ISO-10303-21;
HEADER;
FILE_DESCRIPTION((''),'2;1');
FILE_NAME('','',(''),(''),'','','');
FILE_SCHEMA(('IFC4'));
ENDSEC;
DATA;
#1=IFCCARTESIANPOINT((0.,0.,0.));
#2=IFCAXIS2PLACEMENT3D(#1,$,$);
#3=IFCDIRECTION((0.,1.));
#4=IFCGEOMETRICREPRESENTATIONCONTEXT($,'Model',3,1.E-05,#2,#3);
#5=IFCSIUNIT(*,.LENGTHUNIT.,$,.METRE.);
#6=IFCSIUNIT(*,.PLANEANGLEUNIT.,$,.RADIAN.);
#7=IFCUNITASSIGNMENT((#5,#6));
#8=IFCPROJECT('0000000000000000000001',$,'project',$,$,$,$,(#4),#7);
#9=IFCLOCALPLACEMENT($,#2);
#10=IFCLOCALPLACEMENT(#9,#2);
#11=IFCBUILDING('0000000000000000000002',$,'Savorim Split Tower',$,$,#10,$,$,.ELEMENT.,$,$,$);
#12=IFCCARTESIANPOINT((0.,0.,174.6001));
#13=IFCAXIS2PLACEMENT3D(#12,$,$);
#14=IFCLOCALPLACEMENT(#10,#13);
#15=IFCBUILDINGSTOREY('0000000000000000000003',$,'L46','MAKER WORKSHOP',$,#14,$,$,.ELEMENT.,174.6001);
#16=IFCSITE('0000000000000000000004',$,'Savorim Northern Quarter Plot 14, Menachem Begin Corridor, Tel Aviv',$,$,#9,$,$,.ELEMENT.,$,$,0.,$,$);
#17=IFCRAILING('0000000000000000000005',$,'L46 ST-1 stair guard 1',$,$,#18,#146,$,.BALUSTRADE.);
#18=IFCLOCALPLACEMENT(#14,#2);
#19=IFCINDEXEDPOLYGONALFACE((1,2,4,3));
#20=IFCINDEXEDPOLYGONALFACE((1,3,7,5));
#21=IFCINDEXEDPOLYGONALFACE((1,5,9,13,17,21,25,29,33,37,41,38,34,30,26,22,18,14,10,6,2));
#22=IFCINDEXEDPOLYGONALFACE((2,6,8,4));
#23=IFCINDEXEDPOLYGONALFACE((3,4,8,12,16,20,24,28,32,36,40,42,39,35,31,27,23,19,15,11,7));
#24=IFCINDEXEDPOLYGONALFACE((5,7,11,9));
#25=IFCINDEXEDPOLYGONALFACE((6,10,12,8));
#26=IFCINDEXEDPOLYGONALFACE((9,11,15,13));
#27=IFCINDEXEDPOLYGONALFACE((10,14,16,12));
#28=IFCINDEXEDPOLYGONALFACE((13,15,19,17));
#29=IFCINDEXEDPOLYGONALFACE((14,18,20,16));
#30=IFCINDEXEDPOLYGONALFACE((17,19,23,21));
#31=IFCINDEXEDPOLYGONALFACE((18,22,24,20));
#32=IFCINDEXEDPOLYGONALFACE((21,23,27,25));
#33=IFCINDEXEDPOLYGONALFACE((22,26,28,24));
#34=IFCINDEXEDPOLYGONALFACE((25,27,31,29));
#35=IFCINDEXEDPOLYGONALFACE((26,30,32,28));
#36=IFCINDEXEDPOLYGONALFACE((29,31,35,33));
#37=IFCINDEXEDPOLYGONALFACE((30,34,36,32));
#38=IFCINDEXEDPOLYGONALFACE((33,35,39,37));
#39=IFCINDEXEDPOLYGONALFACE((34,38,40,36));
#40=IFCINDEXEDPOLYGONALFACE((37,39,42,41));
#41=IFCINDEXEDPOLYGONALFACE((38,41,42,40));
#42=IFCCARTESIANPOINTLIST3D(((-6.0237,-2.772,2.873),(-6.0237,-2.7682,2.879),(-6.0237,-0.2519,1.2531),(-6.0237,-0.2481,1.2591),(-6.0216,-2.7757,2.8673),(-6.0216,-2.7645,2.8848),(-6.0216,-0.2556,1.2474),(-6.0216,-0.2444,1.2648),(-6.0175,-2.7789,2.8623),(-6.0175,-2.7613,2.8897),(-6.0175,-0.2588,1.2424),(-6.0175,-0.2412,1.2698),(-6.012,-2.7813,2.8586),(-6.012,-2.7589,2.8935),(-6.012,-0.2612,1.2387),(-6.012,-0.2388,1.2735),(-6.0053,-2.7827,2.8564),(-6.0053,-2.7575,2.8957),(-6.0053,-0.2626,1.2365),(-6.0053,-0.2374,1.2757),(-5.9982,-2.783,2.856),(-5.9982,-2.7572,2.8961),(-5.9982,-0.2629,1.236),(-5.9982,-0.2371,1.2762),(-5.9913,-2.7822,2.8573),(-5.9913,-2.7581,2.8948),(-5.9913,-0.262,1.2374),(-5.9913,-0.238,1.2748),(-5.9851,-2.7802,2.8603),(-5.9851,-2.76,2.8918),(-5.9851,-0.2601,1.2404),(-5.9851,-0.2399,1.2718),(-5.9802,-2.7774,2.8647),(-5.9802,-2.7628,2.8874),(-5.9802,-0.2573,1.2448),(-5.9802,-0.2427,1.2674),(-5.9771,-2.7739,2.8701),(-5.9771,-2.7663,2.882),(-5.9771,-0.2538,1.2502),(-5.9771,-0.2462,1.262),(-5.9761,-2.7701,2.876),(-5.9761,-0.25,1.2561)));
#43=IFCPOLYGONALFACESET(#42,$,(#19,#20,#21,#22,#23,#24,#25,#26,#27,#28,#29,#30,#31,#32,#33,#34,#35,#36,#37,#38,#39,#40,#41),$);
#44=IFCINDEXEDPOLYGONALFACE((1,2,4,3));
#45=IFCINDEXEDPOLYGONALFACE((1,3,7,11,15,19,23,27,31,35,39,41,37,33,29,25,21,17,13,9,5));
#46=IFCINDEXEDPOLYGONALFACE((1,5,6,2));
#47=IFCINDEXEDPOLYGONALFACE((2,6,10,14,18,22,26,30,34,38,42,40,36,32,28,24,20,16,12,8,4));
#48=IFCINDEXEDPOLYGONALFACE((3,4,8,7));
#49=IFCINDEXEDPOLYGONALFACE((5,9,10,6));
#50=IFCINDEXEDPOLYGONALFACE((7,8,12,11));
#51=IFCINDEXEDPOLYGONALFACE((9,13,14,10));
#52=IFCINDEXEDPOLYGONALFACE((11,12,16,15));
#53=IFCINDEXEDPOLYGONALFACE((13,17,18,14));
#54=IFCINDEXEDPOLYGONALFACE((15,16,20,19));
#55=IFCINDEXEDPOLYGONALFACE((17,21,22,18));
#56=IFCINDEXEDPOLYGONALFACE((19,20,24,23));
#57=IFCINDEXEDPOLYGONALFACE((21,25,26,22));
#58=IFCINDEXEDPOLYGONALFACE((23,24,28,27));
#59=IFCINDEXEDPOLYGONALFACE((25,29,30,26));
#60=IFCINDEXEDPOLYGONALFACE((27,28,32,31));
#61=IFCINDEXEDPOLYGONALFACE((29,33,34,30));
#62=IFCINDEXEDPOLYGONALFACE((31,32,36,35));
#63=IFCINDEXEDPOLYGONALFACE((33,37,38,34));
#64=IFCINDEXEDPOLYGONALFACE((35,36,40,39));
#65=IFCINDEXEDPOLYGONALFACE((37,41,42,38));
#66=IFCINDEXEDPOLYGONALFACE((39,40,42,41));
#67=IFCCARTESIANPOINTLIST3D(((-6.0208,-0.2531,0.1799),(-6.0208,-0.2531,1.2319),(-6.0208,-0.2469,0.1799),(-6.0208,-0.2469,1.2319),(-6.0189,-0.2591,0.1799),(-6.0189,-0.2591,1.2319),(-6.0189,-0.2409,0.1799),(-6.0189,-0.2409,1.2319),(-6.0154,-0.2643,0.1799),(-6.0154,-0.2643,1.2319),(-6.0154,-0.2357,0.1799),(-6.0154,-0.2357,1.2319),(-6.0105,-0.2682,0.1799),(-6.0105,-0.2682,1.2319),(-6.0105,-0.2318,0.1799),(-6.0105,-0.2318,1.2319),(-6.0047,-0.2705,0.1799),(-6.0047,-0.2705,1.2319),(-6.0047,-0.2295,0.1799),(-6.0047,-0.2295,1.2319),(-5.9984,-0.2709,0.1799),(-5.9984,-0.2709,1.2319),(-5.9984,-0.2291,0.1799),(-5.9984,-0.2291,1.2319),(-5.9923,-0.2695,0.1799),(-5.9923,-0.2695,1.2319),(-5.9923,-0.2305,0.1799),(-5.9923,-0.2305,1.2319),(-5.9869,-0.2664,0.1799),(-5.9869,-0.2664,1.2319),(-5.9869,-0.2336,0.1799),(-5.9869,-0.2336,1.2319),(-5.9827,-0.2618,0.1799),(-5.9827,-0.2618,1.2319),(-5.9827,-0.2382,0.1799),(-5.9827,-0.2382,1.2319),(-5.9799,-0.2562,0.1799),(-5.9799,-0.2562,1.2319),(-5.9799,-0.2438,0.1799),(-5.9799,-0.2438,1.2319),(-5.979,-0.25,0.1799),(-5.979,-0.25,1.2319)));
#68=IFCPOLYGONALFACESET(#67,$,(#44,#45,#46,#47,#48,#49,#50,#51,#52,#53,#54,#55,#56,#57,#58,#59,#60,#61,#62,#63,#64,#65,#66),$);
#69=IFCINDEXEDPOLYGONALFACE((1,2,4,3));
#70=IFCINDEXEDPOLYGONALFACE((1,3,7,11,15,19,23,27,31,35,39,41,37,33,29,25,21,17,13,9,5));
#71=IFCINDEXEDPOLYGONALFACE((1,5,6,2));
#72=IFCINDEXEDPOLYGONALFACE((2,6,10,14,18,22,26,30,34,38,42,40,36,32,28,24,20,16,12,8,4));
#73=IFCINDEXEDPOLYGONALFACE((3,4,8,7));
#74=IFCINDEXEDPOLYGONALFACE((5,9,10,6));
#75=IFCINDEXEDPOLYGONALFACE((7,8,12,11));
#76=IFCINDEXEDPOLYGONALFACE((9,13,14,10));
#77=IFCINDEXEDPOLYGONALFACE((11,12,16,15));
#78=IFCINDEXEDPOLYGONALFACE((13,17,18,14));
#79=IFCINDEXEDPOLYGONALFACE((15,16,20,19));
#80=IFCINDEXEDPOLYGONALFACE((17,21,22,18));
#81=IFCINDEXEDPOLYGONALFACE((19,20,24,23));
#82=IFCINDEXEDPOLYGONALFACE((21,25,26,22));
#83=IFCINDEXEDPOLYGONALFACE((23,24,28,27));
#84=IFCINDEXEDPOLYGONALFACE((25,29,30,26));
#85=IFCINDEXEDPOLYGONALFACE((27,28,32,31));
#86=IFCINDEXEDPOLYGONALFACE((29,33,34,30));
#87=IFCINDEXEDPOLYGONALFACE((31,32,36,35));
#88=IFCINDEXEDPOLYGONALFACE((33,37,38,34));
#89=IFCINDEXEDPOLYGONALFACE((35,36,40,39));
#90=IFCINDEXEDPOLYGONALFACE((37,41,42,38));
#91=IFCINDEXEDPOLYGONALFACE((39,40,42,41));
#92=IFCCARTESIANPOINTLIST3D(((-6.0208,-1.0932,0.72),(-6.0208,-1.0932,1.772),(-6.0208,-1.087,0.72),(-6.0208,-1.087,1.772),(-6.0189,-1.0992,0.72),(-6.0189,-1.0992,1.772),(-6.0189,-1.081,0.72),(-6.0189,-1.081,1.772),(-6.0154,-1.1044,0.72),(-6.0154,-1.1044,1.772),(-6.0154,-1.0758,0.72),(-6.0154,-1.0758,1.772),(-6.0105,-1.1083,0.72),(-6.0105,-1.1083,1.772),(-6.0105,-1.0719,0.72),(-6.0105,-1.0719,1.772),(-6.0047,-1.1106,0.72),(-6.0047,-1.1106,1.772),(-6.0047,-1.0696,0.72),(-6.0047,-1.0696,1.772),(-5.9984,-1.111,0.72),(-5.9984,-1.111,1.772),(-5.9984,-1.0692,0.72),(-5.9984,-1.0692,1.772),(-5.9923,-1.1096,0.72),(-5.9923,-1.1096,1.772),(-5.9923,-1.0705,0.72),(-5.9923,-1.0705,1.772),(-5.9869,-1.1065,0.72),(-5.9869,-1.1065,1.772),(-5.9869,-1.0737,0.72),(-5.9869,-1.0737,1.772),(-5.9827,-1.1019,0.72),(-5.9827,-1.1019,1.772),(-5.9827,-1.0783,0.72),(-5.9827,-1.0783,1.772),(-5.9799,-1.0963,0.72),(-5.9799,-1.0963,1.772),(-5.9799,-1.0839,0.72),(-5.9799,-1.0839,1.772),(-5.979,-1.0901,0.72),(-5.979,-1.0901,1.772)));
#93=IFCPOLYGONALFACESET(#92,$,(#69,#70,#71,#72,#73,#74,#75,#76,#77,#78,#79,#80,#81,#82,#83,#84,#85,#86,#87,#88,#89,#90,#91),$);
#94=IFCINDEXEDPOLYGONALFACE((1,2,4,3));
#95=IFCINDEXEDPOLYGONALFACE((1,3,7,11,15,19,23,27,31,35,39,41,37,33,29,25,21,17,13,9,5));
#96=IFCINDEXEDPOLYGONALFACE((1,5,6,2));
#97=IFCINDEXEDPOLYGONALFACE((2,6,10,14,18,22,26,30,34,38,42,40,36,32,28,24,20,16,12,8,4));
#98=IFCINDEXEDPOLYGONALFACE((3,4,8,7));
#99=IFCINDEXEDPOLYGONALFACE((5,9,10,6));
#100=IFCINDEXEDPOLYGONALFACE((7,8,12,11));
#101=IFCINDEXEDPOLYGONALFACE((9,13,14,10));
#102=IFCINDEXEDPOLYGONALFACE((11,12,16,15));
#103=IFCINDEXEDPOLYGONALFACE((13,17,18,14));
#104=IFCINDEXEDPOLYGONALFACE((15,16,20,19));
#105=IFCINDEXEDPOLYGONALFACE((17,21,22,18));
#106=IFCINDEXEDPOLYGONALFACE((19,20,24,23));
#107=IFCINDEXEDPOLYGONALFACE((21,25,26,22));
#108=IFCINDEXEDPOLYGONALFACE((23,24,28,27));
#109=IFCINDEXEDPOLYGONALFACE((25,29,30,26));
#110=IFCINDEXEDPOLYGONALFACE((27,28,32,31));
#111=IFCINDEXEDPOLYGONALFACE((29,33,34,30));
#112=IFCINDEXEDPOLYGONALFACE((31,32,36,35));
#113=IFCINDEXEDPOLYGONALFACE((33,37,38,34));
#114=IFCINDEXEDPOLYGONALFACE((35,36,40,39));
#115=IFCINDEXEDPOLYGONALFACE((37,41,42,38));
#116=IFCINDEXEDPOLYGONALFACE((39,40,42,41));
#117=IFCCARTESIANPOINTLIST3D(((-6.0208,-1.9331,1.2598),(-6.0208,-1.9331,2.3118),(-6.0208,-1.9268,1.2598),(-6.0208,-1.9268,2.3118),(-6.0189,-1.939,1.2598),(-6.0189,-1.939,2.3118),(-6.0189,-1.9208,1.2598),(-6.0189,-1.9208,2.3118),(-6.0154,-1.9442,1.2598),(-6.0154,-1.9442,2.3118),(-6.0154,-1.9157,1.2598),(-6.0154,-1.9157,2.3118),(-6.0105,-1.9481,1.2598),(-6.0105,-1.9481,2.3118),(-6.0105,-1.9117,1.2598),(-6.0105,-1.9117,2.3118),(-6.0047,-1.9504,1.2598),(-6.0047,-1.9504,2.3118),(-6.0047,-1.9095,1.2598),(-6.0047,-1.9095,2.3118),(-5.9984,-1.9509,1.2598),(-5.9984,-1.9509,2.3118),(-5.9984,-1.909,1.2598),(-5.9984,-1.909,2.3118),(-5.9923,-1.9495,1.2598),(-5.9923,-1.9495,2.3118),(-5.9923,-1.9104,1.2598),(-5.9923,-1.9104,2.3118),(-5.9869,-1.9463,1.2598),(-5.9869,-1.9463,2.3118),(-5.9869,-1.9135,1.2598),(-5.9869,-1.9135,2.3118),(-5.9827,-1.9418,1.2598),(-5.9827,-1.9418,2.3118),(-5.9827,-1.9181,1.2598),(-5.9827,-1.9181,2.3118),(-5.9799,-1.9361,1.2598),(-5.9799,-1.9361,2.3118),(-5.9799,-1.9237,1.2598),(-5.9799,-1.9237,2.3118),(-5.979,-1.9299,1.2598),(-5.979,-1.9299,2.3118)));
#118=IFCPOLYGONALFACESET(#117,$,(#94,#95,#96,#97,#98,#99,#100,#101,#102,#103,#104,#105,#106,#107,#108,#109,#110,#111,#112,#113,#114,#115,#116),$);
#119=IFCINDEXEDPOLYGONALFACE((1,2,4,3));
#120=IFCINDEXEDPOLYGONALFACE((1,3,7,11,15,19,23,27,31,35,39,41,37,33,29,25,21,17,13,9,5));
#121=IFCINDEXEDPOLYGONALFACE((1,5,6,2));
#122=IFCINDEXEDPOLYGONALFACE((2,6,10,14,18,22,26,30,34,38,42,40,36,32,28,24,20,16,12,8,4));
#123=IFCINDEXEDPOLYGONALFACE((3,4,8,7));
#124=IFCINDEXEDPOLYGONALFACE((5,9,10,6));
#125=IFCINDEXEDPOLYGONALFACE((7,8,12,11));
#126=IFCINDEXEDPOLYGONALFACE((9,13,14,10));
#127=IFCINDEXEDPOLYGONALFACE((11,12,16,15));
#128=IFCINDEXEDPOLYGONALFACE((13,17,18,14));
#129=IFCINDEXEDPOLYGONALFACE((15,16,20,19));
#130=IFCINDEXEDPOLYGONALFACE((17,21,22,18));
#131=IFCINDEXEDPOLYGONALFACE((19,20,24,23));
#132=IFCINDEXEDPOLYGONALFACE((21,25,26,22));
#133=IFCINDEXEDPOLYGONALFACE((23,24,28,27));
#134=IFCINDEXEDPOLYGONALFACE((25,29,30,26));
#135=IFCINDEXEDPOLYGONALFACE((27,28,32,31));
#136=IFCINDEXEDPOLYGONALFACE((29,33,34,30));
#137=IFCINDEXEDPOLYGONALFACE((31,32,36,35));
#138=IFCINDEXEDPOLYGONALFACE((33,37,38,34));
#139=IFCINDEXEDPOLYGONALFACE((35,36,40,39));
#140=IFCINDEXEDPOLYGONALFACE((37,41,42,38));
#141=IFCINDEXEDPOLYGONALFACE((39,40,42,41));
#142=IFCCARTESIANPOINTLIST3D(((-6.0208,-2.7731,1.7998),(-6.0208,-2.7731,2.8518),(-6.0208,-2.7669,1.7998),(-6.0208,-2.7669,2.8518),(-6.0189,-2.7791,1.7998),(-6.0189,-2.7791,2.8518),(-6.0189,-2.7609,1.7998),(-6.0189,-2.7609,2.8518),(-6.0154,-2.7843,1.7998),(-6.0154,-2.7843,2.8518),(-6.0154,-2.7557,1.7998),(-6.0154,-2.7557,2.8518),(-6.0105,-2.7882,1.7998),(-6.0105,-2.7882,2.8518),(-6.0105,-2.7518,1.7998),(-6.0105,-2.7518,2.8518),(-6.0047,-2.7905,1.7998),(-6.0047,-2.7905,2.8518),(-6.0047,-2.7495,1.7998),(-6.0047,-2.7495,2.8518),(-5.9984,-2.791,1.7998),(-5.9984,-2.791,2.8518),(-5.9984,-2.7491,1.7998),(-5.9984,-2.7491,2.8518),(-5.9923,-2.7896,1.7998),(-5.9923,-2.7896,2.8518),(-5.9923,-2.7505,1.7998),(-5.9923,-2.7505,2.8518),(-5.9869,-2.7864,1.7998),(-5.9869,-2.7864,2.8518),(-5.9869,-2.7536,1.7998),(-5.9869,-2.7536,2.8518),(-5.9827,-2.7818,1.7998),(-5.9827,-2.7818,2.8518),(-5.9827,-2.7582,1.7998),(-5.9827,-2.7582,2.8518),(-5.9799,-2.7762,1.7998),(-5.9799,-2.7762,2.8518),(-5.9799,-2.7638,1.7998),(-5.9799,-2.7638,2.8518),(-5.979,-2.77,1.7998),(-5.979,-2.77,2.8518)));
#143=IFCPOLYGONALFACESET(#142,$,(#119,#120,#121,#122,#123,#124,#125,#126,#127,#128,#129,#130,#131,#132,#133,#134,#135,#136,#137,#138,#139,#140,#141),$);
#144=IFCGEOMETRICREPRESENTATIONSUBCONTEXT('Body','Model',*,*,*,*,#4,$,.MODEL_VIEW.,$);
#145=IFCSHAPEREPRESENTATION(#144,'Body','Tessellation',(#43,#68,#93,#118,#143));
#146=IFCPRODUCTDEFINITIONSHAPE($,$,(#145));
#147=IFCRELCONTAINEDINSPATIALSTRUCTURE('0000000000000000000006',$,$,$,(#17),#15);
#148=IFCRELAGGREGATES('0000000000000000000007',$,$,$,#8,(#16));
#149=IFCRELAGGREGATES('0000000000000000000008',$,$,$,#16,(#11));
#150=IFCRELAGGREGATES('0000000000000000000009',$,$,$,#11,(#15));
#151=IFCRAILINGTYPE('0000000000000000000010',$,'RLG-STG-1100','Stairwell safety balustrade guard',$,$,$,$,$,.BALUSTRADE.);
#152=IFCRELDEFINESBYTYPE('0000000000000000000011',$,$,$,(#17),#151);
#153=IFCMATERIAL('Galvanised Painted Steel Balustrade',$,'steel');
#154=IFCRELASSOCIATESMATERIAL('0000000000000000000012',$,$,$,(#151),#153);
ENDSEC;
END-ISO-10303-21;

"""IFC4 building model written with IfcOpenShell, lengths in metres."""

from ifc_helpers import new_model, si_unit, direction, frame, origin, origin_2d, place, context, subcontext, project, spatial, circle, extrude, material, type_object, element, save


model = new_model("IFC4")

# Units and contexts
model_context = context("Model", 3, precision=1e-05, world=origin(), true_north=direction((0.0, 1.0)))
body_context = subcontext(model_context, "Body", "Model", "MODEL_VIEW")
ifc_project = project(units=[si_unit("LENGTHUNIT", "METRE"), si_unit("PLANEANGLEUNIT", "RADIAN")], contexts=[model_context])

# Site, building, storey
site_placement = place(None, origin())
site = spatial("IfcSite", under=ifc_project, at=site_placement, Name="Savorim Northern Quarter Plot 14, Menachem Begin Corridor, Tel Aviv", CompositionType="ELEMENT", RefElevation=0.0)
building_placement = place(site_placement, origin())
building = spatial("IfcBuilding", under=site, at=building_placement, Name="Savorim Split Tower", CompositionType="ELEMENT")
storey_placement = place(building_placement, frame((0.0, 0.0, 174.6001)))
storey = spatial("IfcBuildingStorey", under=building, at=storey_placement, Name="L46", Description="MAKER WORKSHOP", CompositionType="ELEMENT", Elevation=174.6001)

# Railing
ifc_material_1 = material(Name="Galvanised Painted Steel Balustrade", Category="steel")
railing_type_1 = type_object("IfcRailingType", Name="RLG-STG-1100", Description="Stairwell safety balustrade guard", PredefinedType="BALUSTRADE", material=ifc_material_1)
railing_1_placement = place(storey_placement, frame((-6.0, -0.25, 0.1799)))
element("IfcRailing", 1, at=railing_1_placement, inside=storey, type_object=railing_type_1, Name="L46 ST-1 stair guard 1", PredefinedType="BALUSTRADE", context=body_context, shape_type="SweptSolid", body=[
    extrude(circle(Radius=0.0239, at=origin_2d()), frame((0.0, 0.0, 1.0762), z_axis=(0.0, -0.8412, 0.540725), x_axis=(1.0, 0.0, 0.0)), (0.0, 0.0, 1.0), 2.9958),
    extrude(circle(Radius=0.021, at=origin_2d()), origin(), (0.0, 0.0, 1.0), 1.052),
    extrude(circle(Radius=0.021, at=origin_2d()), frame((0.0, -0.8401, 0.54)), (0.0, 0.0, 1.0), 1.052),
    extrude(circle(Radius=0.021, at=origin_2d()), frame((0.0, -1.6799, 1.0798)), (0.0, 0.0, 1.0), 1.052),
    extrude(circle(Radius=0.021, at=origin_2d()), frame((0.0, -2.52, 1.6199)), (0.0, 0.0, 1.0), 1.052),
])

save(model, "model.ifc")
